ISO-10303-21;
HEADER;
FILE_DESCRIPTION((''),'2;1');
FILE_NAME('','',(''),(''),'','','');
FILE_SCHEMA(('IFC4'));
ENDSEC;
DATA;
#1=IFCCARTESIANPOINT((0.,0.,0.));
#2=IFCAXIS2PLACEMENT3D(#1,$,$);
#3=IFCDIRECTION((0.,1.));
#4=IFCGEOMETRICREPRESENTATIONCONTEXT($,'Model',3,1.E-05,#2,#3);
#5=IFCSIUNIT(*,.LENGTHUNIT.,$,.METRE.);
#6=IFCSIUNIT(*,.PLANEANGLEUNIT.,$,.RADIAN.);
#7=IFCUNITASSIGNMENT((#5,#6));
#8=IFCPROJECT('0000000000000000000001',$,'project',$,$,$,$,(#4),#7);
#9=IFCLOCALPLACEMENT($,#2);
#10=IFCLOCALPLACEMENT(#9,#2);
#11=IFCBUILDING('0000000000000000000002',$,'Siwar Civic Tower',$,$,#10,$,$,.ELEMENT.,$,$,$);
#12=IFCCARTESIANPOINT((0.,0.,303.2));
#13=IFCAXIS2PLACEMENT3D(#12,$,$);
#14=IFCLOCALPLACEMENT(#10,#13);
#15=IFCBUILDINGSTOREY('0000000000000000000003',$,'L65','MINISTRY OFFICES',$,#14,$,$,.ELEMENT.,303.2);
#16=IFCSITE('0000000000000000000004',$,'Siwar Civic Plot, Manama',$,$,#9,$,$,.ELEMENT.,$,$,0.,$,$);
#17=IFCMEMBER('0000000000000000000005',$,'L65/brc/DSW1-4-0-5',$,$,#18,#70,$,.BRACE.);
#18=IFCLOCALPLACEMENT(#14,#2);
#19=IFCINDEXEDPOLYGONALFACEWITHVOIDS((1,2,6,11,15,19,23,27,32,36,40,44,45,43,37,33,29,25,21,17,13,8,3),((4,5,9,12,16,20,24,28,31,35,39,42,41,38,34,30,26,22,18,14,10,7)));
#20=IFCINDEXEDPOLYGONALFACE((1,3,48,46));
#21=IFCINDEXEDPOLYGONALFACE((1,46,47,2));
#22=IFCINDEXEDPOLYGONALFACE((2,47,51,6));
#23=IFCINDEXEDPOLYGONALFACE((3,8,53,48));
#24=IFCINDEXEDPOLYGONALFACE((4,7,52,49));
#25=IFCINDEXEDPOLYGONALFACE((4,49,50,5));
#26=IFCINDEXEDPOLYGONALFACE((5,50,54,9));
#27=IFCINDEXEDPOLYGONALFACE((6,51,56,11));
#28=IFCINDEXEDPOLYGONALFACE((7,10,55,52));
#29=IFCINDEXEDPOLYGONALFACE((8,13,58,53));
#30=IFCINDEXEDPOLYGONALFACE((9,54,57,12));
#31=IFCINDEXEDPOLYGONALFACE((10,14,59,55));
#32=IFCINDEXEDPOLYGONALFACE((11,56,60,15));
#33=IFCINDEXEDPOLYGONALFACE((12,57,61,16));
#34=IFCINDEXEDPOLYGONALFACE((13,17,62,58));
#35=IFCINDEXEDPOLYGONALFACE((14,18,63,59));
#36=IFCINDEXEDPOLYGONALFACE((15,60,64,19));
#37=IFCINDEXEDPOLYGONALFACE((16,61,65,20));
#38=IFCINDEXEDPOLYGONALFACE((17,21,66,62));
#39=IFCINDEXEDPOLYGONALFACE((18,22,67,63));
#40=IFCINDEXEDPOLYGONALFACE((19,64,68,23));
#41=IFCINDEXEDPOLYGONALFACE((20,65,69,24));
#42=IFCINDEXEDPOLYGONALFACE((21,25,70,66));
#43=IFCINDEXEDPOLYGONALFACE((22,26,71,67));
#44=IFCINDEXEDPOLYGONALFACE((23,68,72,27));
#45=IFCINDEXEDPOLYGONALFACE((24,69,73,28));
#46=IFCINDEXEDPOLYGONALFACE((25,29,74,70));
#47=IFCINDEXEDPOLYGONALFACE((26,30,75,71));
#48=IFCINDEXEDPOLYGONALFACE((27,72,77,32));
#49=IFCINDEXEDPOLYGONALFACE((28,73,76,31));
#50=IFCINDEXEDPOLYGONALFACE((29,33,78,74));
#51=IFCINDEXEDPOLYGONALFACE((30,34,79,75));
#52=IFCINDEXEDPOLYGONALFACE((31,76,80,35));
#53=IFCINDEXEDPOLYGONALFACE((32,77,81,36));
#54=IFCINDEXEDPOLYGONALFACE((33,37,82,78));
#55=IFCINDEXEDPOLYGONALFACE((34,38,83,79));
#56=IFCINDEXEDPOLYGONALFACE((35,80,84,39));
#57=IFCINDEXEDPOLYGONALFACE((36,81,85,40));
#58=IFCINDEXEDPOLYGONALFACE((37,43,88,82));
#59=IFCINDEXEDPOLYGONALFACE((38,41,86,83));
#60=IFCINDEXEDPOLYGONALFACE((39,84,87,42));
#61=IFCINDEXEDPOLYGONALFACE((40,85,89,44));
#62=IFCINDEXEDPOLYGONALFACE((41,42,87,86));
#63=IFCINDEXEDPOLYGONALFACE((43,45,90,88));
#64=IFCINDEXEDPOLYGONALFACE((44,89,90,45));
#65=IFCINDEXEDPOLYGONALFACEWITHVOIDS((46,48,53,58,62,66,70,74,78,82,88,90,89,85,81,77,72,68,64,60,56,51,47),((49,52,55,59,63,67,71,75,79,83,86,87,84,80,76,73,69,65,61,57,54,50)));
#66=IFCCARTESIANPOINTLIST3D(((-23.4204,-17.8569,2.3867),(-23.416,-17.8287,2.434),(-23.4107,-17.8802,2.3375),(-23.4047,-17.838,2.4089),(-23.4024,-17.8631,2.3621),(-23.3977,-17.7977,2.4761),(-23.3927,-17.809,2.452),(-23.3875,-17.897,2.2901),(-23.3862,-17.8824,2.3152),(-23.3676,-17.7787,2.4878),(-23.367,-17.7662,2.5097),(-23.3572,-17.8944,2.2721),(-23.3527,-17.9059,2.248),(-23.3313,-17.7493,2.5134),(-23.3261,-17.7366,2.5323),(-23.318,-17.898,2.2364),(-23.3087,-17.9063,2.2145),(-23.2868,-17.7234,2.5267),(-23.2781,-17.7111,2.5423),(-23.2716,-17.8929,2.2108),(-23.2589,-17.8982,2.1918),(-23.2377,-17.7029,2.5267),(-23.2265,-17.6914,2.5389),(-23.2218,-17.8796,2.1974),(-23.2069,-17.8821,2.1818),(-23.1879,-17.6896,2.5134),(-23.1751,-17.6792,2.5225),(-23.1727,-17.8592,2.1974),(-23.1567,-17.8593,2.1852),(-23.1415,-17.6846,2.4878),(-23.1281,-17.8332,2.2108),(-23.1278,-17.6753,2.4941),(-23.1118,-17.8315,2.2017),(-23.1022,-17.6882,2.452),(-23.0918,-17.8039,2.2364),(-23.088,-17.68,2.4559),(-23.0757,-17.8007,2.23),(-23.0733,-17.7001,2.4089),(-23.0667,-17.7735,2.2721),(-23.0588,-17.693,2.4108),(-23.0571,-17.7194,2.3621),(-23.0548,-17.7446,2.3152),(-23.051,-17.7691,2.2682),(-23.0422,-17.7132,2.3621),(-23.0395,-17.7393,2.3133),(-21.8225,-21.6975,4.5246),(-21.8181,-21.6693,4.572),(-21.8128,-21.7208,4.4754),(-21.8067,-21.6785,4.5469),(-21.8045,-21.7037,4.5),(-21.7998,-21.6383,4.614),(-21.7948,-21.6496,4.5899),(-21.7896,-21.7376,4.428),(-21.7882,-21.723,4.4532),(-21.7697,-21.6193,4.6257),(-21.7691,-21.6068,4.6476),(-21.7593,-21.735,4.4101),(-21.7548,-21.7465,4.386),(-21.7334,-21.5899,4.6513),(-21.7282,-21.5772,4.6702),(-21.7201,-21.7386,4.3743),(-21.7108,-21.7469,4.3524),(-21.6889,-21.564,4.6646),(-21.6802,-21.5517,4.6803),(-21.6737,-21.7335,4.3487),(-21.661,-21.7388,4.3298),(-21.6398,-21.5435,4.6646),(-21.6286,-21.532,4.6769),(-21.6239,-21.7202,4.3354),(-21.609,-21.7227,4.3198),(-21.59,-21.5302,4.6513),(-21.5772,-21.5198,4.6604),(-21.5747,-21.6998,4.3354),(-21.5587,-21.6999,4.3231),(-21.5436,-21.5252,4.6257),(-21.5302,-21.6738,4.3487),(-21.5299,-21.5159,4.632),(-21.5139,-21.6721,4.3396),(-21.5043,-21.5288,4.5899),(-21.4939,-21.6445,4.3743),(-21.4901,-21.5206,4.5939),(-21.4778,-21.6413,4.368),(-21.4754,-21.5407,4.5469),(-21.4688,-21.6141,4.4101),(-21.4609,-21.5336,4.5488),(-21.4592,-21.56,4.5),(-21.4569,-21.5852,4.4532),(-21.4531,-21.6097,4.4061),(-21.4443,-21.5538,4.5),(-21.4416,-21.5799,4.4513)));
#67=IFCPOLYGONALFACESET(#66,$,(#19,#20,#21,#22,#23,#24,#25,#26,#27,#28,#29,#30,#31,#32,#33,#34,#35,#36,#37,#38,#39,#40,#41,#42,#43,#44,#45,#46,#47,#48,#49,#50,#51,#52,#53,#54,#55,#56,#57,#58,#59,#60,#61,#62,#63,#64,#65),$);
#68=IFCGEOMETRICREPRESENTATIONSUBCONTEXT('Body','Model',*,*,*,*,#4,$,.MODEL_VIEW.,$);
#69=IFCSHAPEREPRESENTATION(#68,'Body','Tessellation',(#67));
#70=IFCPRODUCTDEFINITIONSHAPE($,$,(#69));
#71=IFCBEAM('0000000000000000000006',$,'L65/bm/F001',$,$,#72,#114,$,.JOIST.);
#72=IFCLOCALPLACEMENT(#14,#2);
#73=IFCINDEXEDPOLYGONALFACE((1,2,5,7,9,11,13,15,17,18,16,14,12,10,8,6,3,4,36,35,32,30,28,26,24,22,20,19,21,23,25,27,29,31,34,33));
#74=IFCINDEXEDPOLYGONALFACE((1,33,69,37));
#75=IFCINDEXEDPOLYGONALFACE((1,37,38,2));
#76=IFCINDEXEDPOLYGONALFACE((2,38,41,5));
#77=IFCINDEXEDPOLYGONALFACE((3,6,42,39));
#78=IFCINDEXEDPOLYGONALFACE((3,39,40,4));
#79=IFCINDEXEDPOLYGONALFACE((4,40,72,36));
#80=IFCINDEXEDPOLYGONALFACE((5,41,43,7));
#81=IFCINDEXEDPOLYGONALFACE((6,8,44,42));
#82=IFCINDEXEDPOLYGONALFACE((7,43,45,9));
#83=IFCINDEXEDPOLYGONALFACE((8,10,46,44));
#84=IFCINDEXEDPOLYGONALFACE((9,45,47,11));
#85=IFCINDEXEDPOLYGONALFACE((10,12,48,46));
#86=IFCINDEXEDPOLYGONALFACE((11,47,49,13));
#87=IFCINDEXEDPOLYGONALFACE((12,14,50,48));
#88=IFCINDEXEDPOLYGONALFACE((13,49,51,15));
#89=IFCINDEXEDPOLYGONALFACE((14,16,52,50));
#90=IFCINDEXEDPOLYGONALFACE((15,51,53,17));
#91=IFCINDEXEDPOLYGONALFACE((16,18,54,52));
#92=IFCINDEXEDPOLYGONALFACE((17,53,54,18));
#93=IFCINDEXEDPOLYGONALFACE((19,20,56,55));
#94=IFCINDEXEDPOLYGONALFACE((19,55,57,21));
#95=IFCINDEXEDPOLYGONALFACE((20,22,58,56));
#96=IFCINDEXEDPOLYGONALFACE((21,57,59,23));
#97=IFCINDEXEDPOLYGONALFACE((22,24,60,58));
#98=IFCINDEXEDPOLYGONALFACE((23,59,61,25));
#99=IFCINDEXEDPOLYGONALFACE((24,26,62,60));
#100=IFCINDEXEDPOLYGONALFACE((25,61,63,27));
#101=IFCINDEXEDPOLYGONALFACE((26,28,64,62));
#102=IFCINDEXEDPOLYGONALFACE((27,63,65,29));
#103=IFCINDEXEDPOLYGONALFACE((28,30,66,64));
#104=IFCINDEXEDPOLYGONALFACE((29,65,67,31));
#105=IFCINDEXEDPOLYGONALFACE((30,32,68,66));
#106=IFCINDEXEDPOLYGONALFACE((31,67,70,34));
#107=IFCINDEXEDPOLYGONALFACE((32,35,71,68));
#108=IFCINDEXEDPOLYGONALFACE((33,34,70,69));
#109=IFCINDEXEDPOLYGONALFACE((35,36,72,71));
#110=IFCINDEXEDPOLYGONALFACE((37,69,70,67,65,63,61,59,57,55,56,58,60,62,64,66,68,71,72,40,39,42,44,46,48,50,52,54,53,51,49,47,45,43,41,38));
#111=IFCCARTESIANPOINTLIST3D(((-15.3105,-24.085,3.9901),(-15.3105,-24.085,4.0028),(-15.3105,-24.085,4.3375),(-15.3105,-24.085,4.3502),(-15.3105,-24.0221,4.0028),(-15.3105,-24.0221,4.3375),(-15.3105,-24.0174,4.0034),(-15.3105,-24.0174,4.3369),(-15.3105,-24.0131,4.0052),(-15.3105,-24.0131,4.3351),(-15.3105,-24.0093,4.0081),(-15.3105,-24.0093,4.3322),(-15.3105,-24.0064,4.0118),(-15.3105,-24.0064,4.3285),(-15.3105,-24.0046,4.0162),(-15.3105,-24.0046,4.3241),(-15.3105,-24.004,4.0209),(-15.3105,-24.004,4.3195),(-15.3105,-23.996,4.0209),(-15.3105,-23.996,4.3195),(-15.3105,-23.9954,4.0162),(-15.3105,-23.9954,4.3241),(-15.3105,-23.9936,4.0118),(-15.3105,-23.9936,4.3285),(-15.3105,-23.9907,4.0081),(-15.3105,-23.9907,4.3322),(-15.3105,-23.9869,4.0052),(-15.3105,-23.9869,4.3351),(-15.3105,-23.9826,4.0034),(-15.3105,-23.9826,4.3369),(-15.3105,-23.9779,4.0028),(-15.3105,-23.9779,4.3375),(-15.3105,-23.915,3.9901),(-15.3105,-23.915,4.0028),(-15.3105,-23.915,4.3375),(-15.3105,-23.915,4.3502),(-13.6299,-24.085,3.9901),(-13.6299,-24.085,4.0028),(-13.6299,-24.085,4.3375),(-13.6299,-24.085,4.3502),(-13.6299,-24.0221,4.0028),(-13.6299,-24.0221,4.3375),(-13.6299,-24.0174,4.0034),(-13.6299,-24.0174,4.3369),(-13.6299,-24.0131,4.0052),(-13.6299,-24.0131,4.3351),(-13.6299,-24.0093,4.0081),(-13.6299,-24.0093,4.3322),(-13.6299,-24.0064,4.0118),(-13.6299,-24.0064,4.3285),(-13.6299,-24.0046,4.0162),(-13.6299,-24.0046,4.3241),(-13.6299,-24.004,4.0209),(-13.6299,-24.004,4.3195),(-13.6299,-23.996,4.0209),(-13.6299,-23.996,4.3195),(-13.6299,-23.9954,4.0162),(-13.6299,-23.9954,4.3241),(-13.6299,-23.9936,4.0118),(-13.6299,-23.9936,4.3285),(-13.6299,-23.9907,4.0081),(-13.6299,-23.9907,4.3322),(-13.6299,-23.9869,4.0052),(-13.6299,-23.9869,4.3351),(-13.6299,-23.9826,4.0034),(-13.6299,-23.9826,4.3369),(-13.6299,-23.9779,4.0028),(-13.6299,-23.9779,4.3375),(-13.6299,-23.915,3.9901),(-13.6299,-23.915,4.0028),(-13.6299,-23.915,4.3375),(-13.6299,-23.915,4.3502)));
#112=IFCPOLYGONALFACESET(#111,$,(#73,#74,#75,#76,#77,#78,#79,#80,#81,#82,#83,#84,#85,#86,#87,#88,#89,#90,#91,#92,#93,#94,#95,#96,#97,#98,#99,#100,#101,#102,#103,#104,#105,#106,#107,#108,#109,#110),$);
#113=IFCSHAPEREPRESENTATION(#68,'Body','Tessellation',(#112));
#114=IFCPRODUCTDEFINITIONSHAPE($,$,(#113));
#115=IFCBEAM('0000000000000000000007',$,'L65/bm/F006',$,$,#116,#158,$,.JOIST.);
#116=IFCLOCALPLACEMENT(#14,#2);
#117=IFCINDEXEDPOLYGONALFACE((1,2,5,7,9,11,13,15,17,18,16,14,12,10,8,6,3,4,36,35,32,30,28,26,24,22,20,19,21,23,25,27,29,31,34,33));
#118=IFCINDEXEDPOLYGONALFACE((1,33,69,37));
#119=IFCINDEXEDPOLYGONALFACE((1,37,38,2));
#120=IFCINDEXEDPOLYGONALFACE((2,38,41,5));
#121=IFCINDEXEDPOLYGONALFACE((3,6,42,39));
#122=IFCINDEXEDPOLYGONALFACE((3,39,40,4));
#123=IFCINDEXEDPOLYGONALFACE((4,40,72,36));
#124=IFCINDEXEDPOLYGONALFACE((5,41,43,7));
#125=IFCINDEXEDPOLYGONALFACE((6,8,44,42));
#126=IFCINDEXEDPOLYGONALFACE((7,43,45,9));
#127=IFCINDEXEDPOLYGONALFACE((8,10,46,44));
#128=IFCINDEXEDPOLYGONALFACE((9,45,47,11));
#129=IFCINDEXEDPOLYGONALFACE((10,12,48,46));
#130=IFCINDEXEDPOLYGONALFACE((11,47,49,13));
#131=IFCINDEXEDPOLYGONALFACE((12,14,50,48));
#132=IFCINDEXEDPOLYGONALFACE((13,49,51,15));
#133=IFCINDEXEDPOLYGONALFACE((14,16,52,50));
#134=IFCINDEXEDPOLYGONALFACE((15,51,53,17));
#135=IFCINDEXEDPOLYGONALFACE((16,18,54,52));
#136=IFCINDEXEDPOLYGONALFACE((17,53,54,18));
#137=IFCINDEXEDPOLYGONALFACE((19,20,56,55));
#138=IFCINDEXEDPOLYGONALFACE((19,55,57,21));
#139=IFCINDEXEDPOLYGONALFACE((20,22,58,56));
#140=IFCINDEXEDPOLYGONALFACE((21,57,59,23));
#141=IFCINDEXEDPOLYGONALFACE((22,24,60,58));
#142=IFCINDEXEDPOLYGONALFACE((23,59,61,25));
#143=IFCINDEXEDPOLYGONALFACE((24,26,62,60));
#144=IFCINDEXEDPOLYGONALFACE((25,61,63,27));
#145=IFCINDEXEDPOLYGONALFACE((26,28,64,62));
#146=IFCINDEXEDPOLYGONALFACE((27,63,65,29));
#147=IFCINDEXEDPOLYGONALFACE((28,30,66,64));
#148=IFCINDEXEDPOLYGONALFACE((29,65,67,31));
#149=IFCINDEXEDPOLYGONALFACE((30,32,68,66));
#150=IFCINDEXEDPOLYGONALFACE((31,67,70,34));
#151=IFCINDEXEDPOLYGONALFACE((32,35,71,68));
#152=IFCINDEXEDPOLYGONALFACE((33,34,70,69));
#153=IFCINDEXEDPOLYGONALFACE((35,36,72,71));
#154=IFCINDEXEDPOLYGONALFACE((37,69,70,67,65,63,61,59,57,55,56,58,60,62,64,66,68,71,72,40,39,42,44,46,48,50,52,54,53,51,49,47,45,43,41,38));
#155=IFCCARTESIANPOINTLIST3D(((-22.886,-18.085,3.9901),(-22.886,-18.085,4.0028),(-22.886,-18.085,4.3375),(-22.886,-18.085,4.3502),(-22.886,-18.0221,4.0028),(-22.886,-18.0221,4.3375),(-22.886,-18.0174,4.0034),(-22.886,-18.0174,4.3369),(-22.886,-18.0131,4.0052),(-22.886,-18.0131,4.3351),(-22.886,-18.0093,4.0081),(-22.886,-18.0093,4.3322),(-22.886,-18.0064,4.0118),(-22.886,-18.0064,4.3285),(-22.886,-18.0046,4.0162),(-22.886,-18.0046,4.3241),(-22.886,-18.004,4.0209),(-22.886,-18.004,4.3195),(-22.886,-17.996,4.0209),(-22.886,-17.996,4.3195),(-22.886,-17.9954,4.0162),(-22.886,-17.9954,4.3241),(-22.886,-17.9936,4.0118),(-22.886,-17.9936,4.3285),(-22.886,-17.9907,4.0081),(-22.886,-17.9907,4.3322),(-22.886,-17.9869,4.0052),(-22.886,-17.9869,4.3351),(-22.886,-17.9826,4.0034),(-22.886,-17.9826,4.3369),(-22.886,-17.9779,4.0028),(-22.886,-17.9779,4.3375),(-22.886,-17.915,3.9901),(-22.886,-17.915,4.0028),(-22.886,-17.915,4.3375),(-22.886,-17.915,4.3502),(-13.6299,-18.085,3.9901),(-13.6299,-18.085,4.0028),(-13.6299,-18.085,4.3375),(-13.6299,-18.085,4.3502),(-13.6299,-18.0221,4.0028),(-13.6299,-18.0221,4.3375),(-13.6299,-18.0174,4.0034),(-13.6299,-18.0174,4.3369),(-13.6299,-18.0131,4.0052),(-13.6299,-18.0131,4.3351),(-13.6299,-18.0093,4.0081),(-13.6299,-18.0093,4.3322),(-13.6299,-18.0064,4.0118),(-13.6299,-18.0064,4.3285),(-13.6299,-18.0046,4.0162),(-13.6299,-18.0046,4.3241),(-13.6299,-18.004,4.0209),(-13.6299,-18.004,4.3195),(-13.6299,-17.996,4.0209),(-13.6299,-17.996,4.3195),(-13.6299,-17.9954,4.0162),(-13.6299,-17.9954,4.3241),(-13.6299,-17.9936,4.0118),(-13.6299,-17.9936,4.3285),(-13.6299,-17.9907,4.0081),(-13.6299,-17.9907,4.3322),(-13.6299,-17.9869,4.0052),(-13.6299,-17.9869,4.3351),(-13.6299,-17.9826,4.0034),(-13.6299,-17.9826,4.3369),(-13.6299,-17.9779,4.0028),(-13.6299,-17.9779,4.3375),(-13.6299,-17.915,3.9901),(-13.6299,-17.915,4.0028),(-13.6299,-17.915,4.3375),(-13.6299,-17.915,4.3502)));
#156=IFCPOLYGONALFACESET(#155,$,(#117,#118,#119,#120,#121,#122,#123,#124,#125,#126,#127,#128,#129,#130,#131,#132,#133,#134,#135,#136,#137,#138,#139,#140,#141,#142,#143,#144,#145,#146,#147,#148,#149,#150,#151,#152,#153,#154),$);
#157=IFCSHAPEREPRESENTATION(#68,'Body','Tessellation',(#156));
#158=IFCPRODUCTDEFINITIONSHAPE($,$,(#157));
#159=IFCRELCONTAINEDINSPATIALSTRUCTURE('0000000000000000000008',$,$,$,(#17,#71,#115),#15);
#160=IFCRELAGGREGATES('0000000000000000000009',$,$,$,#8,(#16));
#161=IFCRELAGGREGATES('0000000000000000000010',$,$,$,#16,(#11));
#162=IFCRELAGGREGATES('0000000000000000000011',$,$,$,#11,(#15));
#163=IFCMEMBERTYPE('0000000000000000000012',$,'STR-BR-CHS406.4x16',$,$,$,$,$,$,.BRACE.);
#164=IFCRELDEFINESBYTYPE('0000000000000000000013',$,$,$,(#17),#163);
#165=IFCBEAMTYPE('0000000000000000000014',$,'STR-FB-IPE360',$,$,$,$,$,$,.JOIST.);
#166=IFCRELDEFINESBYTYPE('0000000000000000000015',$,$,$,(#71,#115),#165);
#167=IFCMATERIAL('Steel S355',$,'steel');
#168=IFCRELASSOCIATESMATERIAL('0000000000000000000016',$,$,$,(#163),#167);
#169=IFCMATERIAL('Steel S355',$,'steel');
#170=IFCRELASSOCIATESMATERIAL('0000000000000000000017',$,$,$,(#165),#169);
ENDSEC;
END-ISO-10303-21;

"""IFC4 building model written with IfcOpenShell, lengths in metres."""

from ifc_helpers import new_model, si_unit, direction, frame, origin, origin_2d, place, context, subcontext, project, spatial, hollow_circle, i_section, extrude, material, material_profile, profile_set, type_object, element, save


model = new_model("IFC4")

# Units and contexts
model_context = context("Model", 3, precision=1e-05, world=origin(), true_north=direction((0.0, 1.0)))
body_context = subcontext(model_context, "Body", "Model", "MODEL_VIEW")
ifc_project = project(units=[si_unit("LENGTHUNIT", "METRE"), si_unit("PLANEANGLEUNIT", "RADIAN")], contexts=[model_context])

# Site, building, storey
site_placement = place(None, origin())
site = spatial("IfcSite", under=ifc_project, at=site_placement, Name="Siwar Civic Plot, Manama", CompositionType="ELEMENT", RefElevation=0.0)
building_placement = place(site_placement, origin())
building = spatial("IfcBuilding", under=site, at=building_placement, Name="Siwar Civic Tower", CompositionType="ELEMENT")
storey_placement = place(building_placement, frame((0.0, 0.0, 303.2)))
storey = spatial("IfcBuildingStorey", under=building, at=storey_placement, Name="L65", Description="MINISTRY OFFICES", CompositionType="ELEMENT", Elevation=303.2)

# Member
ifc_material_1 = material(Name="Steel S355", Category="steel")
ifc_material_profile_1 = material_profile(ifc_material_1, hollow_circle(Radius=0.2031, WallThickness=0.0161, at=origin_2d()), Name="CHS406.4x16")
ifc_profile_set_1 = profile_set([ifc_material_profile_1], Name="Steel S355")
member_type_1 = type_object("IfcMemberType", Name="STR-BR-CHS406.4x16", PredefinedType="BRACE", material=ifc_profile_set_1)
for number, where, z_axis, x_axis, name in (
    (1, (-23.2297, -17.7913, 2.3621), (0.341653, -0.821167, 0.45712), (0.923276, 0.384136, 0.0), "L65/brc/DSW1-4-0-5"),
):
    element("IfcMember", number, at=place(storey_placement, frame(where, z_axis=z_axis, x_axis=x_axis)), inside=storey, type_object=member_type_1, Name=name, PredefinedType="BRACE", context=body_context, shape_type="SweptSolid", body=[
        extrude(hollow_circle(Radius=0.2031, WallThickness=0.0161, at=origin_2d()), origin(), (0.0, 0.0, 1.0), 4.677),
    ])

# Beams
ifc_material_2 = material(Name="Steel S355", Category="steel")
ifc_material_profile_2 = material_profile(ifc_material_2, i_section(OverallWidth=0.1699, OverallDepth=0.3601, WebThickness=0.0081, FlangeThickness=0.0127, FilletRadius=0.0181, at=origin_2d()), Name="IPE360")
ifc_profile_set_2 = profile_set([ifc_material_profile_2], Name="Steel S355")
beam_type_1 = type_object("IfcBeamType", Name="STR-FB-IPE360", PredefinedType="JOIST", material=ifc_profile_set_2)
beam_1_placement = place(storey_placement, frame((-15.3105, -24.0, 4.1702), z_axis=(1.0, 0.0, 0.0), x_axis=(0.0, 1.0, 0.0)))
element("IfcBeam", 2, at=beam_1_placement, inside=storey, type_object=beam_type_1, Name="L65/bm/F001", PredefinedType="JOIST", context=body_context, shape_type="SweptSolid", body=[
    extrude(i_section(OverallWidth=0.1699, OverallDepth=0.3601, WebThickness=0.0081, FlangeThickness=0.0127, FilletRadius=0.0181, at=origin_2d()), origin(), (0.0, 0.0, 1.0), 1.6807),
])
beam_2_placement = place(storey_placement, frame((-22.886, -18.0, 4.1702), z_axis=(1.0, 0.0, 0.0), x_axis=(0.0, 1.0, 0.0)))
element("IfcBeam", 3, at=beam_2_placement, inside=storey, type_object=beam_type_1, Name="L65/bm/F006", PredefinedType="JOIST", context=body_context, shape_type="SweptSolid", body=[
    extrude(i_section(OverallWidth=0.1699, OverallDepth=0.3601, WebThickness=0.0081, FlangeThickness=0.0127, FilletRadius=0.0181, at=origin_2d()), origin(), (0.0, 0.0, 1.0), 9.2561),
])

save(model, "model.ifc")
